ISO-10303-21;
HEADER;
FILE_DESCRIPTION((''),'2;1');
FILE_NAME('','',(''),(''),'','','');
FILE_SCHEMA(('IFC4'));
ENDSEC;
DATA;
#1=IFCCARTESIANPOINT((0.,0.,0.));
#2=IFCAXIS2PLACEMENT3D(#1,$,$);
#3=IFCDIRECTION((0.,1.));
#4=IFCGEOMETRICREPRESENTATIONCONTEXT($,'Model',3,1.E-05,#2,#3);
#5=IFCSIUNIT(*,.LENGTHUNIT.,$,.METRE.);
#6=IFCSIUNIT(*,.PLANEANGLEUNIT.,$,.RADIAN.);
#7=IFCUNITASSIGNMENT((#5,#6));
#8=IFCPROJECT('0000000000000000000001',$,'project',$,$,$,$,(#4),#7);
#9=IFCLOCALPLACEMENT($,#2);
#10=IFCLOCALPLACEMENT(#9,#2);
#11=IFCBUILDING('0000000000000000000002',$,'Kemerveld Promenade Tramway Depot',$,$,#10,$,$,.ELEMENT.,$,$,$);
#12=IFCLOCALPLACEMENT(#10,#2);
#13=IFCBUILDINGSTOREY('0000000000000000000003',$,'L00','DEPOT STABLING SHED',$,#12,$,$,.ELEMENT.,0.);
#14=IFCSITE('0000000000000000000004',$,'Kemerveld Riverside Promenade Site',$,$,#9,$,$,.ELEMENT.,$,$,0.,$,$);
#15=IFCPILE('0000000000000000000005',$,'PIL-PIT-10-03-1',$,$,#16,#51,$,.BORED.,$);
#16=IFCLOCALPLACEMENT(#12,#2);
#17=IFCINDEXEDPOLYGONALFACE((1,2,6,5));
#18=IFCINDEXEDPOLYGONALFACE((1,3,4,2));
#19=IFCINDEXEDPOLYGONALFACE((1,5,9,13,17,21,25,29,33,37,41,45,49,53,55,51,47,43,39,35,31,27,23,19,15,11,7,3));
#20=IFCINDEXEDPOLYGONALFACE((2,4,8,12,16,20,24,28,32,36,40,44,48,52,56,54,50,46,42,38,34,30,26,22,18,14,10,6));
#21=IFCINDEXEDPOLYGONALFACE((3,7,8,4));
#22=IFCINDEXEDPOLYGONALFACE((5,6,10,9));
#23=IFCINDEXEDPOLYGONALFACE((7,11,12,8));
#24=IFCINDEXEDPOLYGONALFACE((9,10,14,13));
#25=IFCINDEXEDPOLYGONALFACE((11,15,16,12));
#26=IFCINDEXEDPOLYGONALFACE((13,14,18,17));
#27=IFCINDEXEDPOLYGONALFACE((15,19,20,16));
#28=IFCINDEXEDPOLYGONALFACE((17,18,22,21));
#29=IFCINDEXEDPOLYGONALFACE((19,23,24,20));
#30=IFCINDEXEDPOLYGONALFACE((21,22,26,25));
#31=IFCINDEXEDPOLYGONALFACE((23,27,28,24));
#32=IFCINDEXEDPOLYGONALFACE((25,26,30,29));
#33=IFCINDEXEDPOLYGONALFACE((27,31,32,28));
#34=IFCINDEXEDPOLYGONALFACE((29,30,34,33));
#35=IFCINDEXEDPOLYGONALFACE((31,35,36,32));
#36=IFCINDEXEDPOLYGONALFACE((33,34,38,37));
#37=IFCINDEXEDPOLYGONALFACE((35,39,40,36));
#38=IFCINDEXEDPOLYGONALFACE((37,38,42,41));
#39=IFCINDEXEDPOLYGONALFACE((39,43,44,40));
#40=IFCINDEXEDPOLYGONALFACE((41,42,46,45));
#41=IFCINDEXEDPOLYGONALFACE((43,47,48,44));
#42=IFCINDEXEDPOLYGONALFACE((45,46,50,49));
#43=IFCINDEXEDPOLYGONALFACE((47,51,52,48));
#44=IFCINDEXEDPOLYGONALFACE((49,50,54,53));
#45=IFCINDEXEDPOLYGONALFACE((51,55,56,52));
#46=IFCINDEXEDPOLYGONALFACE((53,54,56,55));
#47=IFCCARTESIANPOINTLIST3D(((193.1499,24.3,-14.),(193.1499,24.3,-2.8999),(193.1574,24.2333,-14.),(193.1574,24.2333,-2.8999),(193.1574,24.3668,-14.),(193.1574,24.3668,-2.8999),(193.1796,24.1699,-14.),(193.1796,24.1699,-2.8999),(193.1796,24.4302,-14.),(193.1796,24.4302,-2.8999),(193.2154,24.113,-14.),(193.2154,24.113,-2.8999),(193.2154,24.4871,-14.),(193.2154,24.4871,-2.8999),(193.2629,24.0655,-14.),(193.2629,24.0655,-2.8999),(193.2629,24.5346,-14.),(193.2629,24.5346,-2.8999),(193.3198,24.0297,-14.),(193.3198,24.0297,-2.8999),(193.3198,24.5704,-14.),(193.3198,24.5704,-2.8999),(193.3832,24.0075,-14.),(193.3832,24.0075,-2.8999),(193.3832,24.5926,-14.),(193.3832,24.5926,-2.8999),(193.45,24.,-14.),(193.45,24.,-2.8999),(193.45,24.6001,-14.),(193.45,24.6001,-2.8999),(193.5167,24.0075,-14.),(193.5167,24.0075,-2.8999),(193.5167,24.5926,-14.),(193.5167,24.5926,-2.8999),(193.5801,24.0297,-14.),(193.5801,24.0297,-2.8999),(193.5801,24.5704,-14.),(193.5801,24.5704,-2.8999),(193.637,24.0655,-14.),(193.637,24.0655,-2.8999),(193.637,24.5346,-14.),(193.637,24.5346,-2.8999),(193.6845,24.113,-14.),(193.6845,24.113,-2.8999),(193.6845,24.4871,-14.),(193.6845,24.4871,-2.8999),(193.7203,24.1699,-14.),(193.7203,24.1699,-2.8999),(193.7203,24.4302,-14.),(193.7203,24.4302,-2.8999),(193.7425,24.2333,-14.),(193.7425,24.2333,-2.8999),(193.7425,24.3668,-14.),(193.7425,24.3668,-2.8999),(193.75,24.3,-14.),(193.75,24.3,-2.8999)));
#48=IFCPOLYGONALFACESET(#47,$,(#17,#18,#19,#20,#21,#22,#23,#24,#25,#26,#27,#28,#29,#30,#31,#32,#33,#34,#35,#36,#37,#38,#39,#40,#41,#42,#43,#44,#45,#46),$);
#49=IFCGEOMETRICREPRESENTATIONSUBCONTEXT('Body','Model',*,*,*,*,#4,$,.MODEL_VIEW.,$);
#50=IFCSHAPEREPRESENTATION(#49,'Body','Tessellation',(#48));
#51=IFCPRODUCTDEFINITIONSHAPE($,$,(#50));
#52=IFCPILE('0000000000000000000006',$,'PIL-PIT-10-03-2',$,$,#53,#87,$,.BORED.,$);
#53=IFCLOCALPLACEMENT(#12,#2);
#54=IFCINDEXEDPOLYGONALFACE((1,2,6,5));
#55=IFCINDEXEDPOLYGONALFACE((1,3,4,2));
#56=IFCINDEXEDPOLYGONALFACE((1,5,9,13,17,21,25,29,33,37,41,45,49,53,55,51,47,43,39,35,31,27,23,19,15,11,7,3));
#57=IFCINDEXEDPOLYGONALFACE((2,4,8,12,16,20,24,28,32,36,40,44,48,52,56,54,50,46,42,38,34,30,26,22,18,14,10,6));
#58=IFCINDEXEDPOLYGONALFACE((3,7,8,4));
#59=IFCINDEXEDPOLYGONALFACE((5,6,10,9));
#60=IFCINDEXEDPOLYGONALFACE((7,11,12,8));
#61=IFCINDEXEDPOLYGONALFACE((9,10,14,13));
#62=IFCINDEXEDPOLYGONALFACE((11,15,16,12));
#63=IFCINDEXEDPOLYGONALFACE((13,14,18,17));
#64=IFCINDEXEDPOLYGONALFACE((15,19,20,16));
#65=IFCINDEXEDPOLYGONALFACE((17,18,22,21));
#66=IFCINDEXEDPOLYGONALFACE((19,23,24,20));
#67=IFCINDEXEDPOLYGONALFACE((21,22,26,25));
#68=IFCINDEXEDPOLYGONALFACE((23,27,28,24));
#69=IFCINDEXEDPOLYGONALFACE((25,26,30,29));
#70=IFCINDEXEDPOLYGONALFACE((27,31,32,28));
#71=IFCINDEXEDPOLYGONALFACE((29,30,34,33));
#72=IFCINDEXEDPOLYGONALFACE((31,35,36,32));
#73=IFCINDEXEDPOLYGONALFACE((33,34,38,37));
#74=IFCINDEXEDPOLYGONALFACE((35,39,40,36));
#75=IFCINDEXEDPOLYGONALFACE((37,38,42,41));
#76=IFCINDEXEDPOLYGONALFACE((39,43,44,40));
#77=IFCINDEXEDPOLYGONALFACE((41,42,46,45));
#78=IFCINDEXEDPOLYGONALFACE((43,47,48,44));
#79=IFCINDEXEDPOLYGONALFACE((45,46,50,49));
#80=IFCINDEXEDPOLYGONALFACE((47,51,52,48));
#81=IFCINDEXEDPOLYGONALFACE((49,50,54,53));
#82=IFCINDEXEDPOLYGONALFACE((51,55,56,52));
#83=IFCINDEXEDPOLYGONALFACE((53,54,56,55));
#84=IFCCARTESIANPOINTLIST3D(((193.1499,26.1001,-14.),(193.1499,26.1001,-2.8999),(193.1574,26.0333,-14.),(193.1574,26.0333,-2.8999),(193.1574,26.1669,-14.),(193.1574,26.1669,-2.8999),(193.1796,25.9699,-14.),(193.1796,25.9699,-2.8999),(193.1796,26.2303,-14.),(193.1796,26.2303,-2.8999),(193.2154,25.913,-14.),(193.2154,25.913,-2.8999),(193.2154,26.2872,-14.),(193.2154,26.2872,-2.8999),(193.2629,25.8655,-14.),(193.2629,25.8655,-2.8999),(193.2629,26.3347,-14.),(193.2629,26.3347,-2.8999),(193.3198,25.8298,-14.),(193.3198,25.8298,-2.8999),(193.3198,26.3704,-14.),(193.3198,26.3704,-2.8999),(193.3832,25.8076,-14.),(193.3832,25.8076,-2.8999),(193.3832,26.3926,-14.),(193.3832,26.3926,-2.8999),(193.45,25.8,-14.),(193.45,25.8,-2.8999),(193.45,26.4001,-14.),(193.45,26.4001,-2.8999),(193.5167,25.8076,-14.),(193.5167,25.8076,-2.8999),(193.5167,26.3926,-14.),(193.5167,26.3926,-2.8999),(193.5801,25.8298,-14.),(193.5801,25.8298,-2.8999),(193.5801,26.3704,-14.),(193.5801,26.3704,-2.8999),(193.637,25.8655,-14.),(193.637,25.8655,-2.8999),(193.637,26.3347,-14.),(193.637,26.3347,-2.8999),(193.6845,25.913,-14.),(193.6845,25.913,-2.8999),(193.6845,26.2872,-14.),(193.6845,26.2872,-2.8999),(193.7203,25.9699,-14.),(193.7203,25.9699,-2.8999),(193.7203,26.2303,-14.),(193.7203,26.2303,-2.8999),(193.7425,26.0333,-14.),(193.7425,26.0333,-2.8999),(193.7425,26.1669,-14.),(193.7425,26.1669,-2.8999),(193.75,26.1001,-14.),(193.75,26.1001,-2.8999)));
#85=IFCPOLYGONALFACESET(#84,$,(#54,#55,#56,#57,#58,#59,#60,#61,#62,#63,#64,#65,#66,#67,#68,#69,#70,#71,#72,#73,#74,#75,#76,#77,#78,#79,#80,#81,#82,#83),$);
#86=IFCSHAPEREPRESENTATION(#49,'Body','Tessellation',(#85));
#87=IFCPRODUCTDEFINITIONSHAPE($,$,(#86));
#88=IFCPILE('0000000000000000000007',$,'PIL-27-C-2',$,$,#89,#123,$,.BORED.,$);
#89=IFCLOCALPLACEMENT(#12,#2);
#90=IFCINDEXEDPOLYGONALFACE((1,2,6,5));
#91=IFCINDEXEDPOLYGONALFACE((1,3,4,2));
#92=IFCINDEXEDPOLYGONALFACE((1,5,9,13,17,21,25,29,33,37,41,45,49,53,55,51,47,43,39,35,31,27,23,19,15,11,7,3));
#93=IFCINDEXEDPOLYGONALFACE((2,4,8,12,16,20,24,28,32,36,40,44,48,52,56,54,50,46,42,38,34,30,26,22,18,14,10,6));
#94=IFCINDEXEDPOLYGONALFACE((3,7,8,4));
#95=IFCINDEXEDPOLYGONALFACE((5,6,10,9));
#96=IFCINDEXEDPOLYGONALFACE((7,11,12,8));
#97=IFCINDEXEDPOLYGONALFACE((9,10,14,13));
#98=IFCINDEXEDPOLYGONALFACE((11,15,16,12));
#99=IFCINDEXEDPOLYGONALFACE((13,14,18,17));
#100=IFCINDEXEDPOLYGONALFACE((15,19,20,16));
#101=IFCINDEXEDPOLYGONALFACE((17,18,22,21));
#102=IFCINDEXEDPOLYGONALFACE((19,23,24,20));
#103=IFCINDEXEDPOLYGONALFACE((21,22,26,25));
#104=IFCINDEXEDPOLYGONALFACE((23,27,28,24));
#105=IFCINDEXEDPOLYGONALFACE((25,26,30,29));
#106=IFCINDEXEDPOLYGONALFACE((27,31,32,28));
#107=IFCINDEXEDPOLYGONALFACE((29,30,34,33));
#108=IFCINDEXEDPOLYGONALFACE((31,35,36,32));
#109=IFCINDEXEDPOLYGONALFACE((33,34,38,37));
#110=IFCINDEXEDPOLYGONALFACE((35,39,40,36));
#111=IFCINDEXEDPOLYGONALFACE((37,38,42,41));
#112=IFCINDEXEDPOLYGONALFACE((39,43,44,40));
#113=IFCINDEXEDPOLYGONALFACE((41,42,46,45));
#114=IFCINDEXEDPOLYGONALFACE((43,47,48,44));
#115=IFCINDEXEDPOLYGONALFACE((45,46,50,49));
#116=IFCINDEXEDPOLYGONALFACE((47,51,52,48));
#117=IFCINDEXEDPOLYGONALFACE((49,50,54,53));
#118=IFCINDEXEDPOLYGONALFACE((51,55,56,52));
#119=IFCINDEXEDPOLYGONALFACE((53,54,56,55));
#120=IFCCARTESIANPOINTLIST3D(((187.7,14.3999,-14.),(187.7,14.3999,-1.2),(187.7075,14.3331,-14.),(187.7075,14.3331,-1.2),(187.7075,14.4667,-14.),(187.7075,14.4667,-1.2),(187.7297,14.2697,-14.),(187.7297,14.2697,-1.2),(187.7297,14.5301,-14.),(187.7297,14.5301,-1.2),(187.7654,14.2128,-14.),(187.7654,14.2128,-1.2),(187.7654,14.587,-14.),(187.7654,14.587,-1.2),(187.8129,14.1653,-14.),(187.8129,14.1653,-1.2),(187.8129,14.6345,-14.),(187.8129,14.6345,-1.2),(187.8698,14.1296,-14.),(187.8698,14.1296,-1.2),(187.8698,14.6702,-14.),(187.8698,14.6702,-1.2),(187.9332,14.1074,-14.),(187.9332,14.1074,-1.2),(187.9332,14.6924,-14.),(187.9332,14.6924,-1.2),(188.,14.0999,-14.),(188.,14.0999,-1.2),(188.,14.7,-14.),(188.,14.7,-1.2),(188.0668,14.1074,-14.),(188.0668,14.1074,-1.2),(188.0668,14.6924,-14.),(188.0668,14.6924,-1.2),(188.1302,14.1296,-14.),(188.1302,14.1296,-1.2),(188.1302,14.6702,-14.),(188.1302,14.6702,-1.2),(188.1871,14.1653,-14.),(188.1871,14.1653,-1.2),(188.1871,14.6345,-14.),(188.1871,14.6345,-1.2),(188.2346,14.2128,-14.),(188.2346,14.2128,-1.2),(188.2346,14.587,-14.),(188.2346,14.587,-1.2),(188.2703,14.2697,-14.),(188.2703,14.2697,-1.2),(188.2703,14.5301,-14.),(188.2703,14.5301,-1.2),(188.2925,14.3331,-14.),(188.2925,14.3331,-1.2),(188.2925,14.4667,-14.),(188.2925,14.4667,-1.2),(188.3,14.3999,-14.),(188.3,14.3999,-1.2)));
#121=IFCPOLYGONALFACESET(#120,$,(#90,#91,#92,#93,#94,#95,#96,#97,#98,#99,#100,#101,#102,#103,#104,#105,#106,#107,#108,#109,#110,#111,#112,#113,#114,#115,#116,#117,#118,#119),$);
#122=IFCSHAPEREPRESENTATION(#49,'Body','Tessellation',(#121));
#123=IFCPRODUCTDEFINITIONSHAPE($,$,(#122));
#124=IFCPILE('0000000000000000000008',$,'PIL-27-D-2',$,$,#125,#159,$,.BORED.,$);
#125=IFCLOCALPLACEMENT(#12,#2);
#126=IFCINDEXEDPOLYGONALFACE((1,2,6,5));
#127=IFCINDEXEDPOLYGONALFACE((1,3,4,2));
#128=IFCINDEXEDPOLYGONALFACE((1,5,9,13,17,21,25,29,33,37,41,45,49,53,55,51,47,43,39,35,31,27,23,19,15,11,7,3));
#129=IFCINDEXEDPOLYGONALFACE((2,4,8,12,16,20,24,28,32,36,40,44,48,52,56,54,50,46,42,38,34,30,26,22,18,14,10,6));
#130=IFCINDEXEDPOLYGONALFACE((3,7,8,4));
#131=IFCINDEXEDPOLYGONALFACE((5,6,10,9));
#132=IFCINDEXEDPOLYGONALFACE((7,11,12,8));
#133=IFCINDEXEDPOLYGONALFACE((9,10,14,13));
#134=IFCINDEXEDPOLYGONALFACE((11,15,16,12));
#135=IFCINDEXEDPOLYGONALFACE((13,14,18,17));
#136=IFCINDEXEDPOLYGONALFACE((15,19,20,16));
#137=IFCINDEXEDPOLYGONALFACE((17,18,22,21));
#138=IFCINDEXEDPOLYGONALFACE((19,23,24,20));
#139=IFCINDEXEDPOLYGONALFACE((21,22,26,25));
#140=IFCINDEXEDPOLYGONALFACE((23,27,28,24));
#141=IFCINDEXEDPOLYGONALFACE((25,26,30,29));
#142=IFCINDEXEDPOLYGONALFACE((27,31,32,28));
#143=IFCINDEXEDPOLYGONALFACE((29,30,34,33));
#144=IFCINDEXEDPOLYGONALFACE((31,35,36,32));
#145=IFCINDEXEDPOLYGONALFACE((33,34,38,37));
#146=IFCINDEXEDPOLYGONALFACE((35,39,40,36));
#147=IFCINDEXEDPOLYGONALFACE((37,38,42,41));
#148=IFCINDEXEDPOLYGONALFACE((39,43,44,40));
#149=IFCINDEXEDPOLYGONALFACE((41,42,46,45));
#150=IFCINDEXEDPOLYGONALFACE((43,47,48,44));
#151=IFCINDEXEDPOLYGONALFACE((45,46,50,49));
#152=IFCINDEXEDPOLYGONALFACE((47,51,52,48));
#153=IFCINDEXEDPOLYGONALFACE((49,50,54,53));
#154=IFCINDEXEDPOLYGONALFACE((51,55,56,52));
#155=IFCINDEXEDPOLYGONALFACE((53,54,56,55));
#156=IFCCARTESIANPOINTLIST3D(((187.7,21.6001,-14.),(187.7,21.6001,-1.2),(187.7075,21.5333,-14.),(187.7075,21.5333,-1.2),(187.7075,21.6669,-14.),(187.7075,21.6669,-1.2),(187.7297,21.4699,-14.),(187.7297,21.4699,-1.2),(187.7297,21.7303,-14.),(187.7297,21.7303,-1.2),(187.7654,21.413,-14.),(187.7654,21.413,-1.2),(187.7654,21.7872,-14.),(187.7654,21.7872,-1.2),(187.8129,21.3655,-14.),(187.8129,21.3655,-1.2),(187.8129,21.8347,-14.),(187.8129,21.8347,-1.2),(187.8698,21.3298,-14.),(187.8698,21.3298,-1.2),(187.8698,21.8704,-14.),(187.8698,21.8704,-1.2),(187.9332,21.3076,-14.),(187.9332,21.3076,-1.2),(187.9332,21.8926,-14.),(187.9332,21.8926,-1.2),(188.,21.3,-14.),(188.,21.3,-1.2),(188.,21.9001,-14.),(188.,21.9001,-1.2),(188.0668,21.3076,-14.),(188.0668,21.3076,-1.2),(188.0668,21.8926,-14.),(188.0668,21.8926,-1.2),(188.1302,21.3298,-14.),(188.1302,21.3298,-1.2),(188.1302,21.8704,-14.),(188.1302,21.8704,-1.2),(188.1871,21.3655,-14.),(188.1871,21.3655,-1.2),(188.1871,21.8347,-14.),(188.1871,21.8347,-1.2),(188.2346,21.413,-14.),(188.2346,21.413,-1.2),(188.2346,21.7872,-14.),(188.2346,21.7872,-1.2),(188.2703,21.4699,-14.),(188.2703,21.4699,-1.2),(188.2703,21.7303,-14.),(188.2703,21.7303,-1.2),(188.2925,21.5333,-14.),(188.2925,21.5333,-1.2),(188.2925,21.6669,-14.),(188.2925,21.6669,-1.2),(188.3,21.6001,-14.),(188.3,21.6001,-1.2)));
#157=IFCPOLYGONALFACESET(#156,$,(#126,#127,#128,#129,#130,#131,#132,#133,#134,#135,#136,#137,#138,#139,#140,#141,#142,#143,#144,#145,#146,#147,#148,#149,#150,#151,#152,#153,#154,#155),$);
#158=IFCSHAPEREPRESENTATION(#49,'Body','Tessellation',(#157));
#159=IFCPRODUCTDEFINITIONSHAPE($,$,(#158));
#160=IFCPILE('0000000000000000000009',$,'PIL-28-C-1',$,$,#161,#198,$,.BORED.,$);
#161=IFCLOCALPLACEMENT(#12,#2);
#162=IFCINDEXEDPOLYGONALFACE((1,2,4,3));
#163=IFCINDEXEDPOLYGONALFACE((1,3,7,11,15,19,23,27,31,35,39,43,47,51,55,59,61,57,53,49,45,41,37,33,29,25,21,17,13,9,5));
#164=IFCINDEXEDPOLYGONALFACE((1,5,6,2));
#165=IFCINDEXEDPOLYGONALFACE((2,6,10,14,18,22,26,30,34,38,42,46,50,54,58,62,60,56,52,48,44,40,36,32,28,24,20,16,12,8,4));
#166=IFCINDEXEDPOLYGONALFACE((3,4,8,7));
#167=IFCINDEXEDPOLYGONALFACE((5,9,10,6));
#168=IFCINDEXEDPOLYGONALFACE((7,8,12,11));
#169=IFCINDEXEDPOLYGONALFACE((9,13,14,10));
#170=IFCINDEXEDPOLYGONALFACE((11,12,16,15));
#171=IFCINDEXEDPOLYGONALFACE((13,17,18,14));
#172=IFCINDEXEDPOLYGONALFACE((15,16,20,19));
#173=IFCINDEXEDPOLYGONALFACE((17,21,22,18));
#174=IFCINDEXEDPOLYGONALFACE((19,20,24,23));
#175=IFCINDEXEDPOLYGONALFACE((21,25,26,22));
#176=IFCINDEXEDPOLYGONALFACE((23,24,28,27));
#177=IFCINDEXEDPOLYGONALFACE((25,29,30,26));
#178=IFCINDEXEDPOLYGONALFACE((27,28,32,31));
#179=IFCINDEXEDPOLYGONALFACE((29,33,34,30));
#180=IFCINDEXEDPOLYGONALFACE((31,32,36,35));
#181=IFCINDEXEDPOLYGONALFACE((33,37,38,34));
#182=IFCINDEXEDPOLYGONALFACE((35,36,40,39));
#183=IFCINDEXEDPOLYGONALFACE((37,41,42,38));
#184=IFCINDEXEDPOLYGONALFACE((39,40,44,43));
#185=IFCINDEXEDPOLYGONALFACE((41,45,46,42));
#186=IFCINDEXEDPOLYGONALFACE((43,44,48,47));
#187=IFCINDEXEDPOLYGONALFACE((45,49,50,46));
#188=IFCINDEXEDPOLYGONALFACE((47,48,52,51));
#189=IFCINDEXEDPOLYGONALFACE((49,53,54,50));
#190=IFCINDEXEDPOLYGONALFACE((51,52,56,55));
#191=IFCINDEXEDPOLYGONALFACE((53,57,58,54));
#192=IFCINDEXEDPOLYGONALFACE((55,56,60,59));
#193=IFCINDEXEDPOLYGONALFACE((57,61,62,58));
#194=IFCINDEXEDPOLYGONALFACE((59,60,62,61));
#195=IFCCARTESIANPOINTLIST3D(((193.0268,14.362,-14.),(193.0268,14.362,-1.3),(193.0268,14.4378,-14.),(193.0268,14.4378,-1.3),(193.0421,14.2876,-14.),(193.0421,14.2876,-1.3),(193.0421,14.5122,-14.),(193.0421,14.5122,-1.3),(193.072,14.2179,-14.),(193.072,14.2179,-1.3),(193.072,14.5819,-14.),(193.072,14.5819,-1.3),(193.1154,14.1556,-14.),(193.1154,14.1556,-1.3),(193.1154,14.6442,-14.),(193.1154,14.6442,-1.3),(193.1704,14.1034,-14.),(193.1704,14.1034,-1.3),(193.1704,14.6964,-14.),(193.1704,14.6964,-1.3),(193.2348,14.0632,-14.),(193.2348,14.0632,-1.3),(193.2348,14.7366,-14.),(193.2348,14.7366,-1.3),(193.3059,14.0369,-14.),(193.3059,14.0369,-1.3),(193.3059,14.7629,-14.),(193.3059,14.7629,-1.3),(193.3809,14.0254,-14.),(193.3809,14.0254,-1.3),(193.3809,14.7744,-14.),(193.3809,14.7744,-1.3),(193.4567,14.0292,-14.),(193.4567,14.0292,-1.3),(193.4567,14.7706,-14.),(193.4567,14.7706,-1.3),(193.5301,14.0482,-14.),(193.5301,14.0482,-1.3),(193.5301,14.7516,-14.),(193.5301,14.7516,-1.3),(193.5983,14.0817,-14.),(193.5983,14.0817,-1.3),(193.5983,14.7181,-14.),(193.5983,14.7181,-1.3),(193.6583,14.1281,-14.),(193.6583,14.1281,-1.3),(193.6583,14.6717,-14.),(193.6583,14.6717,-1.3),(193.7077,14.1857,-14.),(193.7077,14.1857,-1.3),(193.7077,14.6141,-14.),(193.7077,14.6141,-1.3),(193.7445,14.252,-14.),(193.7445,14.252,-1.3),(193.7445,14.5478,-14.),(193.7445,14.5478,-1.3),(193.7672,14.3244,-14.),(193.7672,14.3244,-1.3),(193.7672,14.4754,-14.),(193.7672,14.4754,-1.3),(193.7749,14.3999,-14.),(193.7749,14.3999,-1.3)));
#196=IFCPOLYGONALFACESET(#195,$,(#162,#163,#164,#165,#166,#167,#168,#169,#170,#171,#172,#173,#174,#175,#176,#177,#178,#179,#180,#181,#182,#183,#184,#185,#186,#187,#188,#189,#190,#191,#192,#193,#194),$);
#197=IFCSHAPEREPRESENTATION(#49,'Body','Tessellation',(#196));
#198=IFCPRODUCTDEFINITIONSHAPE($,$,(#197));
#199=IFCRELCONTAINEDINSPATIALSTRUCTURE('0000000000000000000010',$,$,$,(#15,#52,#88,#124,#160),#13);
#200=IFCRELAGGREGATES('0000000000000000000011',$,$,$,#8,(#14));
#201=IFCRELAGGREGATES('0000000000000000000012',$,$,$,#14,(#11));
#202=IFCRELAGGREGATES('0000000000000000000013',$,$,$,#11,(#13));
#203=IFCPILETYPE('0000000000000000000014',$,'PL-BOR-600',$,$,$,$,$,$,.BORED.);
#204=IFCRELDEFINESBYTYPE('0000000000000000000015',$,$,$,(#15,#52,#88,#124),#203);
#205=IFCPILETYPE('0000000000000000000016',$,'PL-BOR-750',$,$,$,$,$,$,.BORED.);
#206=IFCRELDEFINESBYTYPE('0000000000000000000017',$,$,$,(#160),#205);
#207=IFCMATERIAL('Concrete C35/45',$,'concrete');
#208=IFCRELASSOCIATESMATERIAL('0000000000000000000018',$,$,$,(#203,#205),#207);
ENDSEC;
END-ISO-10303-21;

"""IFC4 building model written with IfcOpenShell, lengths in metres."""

from ifc_helpers import new_model, si_unit, direction, frame, origin, origin_2d, place, context, subcontext, project, spatial, circle, extrude, material, material_profile, profile_set, type_object, element, save


model = new_model("IFC4")

# Units and contexts
model_context = context("Model", 3, precision=1e-05, world=origin(), true_north=direction((0.0, 1.0)))
body_context = subcontext(model_context, "Body", "Model", "MODEL_VIEW")
ifc_project = project(units=[si_unit("LENGTHUNIT", "METRE"), si_unit("PLANEANGLEUNIT", "RADIAN")], contexts=[model_context])

# Site, building, storey
site_placement = place(None, origin())
site = spatial("IfcSite", under=ifc_project, at=site_placement, Name="Kemerveld Riverside Promenade Site", CompositionType="ELEMENT", RefElevation=0.0)
building_placement = place(site_placement, origin())
building = spatial("IfcBuilding", under=site, at=building_placement, Name="Kemerveld Promenade Tramway Depot", CompositionType="ELEMENT")
storey_placement = place(building_placement, origin())
storey = spatial("IfcBuildingStorey", under=building, at=storey_placement, Name="L00", Description="DEPOT STABLING SHED", CompositionType="ELEMENT", Elevation=0.0)

# Shared definitions
ifc_material_1 = material(Name="Concrete C35/45", Category="concrete")

# Piles
ifc_material_profile_1 = material_profile(ifc_material_1, circle(Radius=0.3, at=origin_2d()), Name="PILE-D600")
ifc_profile_set_1 = profile_set([ifc_material_profile_1], Name="Concrete C35/45")
pile_type_1 = type_object("IfcPileType", Name="PL-BOR-600", PredefinedType="BORED", material=ifc_profile_set_1)
for number, where, z_axis, x_axis, name in (
    (1, (193.45, 24.3, -2.8999), (0.0, 0.0, -1.0), (1.0, 0.0, 0.0), "PIL-PIT-10-03-1"),
    (2, (193.45, 26.1001, -2.8999), (0.0, 0.0, -1.0), (1.0, 0.0, 0.0), "PIL-PIT-10-03-2"),
):
    element("IfcPile", number, at=place(storey_placement, frame(where, z_axis=z_axis, x_axis=x_axis)), inside=storey, type_object=pile_type_1, Name=name, PredefinedType="BORED", context=body_context, shape_type="SweptSolid", body=[
        extrude(circle(Radius=0.3, at=origin_2d()), origin(), (0.0, 0.0, 1.0), 11.1001),
    ])
for number, where, z_axis, x_axis, name in (
    (3, (188.0, 14.3999, -1.2), (0.0, 0.0, -1.0), (1.0, 0.0, 0.0), "PIL-27-C-2"),
    (4, (188.0, 21.6001, -1.2), (0.0, 0.0, -1.0), (1.0, 0.0, 0.0), "PIL-27-D-2"),
):
    element("IfcPile", number, at=place(storey_placement, frame(where, z_axis=z_axis, x_axis=x_axis)), inside=storey, type_object=pile_type_1, Name=name, PredefinedType="BORED", context=body_context, shape_type="SweptSolid", body=[
        extrude(circle(Radius=0.3, at=origin_2d()), origin(), (0.0, 0.0, 1.0), 12.8),
    ])
ifc_material_profile_2 = material_profile(ifc_material_1, circle(Radius=0.375, at=origin_2d()), Name="PILE-D750")
ifc_profile_set_2 = profile_set([ifc_material_profile_2], Name="Concrete C35/45")
pile_type_2 = type_object("IfcPileType", Name="PL-BOR-750", PredefinedType="BORED", material=ifc_profile_set_2)
for number, where, z_axis, x_axis, name in (
    (5, (193.3999, 14.3999, -1.3), (0.0, 0.0, -1.0), (1.0, 0.0, 0.0), "PIL-28-C-1"),
):
    element("IfcPile", number, at=place(storey_placement, frame(where, z_axis=z_axis, x_axis=x_axis)), inside=storey, type_object=pile_type_2, Name=name, PredefinedType="BORED", context=body_context, shape_type="SweptSolid", body=[
        extrude(circle(Radius=0.375, at=origin_2d()), origin(), (0.0, 0.0, 1.0), 12.7),
    ])

save(model, "model.ifc")
